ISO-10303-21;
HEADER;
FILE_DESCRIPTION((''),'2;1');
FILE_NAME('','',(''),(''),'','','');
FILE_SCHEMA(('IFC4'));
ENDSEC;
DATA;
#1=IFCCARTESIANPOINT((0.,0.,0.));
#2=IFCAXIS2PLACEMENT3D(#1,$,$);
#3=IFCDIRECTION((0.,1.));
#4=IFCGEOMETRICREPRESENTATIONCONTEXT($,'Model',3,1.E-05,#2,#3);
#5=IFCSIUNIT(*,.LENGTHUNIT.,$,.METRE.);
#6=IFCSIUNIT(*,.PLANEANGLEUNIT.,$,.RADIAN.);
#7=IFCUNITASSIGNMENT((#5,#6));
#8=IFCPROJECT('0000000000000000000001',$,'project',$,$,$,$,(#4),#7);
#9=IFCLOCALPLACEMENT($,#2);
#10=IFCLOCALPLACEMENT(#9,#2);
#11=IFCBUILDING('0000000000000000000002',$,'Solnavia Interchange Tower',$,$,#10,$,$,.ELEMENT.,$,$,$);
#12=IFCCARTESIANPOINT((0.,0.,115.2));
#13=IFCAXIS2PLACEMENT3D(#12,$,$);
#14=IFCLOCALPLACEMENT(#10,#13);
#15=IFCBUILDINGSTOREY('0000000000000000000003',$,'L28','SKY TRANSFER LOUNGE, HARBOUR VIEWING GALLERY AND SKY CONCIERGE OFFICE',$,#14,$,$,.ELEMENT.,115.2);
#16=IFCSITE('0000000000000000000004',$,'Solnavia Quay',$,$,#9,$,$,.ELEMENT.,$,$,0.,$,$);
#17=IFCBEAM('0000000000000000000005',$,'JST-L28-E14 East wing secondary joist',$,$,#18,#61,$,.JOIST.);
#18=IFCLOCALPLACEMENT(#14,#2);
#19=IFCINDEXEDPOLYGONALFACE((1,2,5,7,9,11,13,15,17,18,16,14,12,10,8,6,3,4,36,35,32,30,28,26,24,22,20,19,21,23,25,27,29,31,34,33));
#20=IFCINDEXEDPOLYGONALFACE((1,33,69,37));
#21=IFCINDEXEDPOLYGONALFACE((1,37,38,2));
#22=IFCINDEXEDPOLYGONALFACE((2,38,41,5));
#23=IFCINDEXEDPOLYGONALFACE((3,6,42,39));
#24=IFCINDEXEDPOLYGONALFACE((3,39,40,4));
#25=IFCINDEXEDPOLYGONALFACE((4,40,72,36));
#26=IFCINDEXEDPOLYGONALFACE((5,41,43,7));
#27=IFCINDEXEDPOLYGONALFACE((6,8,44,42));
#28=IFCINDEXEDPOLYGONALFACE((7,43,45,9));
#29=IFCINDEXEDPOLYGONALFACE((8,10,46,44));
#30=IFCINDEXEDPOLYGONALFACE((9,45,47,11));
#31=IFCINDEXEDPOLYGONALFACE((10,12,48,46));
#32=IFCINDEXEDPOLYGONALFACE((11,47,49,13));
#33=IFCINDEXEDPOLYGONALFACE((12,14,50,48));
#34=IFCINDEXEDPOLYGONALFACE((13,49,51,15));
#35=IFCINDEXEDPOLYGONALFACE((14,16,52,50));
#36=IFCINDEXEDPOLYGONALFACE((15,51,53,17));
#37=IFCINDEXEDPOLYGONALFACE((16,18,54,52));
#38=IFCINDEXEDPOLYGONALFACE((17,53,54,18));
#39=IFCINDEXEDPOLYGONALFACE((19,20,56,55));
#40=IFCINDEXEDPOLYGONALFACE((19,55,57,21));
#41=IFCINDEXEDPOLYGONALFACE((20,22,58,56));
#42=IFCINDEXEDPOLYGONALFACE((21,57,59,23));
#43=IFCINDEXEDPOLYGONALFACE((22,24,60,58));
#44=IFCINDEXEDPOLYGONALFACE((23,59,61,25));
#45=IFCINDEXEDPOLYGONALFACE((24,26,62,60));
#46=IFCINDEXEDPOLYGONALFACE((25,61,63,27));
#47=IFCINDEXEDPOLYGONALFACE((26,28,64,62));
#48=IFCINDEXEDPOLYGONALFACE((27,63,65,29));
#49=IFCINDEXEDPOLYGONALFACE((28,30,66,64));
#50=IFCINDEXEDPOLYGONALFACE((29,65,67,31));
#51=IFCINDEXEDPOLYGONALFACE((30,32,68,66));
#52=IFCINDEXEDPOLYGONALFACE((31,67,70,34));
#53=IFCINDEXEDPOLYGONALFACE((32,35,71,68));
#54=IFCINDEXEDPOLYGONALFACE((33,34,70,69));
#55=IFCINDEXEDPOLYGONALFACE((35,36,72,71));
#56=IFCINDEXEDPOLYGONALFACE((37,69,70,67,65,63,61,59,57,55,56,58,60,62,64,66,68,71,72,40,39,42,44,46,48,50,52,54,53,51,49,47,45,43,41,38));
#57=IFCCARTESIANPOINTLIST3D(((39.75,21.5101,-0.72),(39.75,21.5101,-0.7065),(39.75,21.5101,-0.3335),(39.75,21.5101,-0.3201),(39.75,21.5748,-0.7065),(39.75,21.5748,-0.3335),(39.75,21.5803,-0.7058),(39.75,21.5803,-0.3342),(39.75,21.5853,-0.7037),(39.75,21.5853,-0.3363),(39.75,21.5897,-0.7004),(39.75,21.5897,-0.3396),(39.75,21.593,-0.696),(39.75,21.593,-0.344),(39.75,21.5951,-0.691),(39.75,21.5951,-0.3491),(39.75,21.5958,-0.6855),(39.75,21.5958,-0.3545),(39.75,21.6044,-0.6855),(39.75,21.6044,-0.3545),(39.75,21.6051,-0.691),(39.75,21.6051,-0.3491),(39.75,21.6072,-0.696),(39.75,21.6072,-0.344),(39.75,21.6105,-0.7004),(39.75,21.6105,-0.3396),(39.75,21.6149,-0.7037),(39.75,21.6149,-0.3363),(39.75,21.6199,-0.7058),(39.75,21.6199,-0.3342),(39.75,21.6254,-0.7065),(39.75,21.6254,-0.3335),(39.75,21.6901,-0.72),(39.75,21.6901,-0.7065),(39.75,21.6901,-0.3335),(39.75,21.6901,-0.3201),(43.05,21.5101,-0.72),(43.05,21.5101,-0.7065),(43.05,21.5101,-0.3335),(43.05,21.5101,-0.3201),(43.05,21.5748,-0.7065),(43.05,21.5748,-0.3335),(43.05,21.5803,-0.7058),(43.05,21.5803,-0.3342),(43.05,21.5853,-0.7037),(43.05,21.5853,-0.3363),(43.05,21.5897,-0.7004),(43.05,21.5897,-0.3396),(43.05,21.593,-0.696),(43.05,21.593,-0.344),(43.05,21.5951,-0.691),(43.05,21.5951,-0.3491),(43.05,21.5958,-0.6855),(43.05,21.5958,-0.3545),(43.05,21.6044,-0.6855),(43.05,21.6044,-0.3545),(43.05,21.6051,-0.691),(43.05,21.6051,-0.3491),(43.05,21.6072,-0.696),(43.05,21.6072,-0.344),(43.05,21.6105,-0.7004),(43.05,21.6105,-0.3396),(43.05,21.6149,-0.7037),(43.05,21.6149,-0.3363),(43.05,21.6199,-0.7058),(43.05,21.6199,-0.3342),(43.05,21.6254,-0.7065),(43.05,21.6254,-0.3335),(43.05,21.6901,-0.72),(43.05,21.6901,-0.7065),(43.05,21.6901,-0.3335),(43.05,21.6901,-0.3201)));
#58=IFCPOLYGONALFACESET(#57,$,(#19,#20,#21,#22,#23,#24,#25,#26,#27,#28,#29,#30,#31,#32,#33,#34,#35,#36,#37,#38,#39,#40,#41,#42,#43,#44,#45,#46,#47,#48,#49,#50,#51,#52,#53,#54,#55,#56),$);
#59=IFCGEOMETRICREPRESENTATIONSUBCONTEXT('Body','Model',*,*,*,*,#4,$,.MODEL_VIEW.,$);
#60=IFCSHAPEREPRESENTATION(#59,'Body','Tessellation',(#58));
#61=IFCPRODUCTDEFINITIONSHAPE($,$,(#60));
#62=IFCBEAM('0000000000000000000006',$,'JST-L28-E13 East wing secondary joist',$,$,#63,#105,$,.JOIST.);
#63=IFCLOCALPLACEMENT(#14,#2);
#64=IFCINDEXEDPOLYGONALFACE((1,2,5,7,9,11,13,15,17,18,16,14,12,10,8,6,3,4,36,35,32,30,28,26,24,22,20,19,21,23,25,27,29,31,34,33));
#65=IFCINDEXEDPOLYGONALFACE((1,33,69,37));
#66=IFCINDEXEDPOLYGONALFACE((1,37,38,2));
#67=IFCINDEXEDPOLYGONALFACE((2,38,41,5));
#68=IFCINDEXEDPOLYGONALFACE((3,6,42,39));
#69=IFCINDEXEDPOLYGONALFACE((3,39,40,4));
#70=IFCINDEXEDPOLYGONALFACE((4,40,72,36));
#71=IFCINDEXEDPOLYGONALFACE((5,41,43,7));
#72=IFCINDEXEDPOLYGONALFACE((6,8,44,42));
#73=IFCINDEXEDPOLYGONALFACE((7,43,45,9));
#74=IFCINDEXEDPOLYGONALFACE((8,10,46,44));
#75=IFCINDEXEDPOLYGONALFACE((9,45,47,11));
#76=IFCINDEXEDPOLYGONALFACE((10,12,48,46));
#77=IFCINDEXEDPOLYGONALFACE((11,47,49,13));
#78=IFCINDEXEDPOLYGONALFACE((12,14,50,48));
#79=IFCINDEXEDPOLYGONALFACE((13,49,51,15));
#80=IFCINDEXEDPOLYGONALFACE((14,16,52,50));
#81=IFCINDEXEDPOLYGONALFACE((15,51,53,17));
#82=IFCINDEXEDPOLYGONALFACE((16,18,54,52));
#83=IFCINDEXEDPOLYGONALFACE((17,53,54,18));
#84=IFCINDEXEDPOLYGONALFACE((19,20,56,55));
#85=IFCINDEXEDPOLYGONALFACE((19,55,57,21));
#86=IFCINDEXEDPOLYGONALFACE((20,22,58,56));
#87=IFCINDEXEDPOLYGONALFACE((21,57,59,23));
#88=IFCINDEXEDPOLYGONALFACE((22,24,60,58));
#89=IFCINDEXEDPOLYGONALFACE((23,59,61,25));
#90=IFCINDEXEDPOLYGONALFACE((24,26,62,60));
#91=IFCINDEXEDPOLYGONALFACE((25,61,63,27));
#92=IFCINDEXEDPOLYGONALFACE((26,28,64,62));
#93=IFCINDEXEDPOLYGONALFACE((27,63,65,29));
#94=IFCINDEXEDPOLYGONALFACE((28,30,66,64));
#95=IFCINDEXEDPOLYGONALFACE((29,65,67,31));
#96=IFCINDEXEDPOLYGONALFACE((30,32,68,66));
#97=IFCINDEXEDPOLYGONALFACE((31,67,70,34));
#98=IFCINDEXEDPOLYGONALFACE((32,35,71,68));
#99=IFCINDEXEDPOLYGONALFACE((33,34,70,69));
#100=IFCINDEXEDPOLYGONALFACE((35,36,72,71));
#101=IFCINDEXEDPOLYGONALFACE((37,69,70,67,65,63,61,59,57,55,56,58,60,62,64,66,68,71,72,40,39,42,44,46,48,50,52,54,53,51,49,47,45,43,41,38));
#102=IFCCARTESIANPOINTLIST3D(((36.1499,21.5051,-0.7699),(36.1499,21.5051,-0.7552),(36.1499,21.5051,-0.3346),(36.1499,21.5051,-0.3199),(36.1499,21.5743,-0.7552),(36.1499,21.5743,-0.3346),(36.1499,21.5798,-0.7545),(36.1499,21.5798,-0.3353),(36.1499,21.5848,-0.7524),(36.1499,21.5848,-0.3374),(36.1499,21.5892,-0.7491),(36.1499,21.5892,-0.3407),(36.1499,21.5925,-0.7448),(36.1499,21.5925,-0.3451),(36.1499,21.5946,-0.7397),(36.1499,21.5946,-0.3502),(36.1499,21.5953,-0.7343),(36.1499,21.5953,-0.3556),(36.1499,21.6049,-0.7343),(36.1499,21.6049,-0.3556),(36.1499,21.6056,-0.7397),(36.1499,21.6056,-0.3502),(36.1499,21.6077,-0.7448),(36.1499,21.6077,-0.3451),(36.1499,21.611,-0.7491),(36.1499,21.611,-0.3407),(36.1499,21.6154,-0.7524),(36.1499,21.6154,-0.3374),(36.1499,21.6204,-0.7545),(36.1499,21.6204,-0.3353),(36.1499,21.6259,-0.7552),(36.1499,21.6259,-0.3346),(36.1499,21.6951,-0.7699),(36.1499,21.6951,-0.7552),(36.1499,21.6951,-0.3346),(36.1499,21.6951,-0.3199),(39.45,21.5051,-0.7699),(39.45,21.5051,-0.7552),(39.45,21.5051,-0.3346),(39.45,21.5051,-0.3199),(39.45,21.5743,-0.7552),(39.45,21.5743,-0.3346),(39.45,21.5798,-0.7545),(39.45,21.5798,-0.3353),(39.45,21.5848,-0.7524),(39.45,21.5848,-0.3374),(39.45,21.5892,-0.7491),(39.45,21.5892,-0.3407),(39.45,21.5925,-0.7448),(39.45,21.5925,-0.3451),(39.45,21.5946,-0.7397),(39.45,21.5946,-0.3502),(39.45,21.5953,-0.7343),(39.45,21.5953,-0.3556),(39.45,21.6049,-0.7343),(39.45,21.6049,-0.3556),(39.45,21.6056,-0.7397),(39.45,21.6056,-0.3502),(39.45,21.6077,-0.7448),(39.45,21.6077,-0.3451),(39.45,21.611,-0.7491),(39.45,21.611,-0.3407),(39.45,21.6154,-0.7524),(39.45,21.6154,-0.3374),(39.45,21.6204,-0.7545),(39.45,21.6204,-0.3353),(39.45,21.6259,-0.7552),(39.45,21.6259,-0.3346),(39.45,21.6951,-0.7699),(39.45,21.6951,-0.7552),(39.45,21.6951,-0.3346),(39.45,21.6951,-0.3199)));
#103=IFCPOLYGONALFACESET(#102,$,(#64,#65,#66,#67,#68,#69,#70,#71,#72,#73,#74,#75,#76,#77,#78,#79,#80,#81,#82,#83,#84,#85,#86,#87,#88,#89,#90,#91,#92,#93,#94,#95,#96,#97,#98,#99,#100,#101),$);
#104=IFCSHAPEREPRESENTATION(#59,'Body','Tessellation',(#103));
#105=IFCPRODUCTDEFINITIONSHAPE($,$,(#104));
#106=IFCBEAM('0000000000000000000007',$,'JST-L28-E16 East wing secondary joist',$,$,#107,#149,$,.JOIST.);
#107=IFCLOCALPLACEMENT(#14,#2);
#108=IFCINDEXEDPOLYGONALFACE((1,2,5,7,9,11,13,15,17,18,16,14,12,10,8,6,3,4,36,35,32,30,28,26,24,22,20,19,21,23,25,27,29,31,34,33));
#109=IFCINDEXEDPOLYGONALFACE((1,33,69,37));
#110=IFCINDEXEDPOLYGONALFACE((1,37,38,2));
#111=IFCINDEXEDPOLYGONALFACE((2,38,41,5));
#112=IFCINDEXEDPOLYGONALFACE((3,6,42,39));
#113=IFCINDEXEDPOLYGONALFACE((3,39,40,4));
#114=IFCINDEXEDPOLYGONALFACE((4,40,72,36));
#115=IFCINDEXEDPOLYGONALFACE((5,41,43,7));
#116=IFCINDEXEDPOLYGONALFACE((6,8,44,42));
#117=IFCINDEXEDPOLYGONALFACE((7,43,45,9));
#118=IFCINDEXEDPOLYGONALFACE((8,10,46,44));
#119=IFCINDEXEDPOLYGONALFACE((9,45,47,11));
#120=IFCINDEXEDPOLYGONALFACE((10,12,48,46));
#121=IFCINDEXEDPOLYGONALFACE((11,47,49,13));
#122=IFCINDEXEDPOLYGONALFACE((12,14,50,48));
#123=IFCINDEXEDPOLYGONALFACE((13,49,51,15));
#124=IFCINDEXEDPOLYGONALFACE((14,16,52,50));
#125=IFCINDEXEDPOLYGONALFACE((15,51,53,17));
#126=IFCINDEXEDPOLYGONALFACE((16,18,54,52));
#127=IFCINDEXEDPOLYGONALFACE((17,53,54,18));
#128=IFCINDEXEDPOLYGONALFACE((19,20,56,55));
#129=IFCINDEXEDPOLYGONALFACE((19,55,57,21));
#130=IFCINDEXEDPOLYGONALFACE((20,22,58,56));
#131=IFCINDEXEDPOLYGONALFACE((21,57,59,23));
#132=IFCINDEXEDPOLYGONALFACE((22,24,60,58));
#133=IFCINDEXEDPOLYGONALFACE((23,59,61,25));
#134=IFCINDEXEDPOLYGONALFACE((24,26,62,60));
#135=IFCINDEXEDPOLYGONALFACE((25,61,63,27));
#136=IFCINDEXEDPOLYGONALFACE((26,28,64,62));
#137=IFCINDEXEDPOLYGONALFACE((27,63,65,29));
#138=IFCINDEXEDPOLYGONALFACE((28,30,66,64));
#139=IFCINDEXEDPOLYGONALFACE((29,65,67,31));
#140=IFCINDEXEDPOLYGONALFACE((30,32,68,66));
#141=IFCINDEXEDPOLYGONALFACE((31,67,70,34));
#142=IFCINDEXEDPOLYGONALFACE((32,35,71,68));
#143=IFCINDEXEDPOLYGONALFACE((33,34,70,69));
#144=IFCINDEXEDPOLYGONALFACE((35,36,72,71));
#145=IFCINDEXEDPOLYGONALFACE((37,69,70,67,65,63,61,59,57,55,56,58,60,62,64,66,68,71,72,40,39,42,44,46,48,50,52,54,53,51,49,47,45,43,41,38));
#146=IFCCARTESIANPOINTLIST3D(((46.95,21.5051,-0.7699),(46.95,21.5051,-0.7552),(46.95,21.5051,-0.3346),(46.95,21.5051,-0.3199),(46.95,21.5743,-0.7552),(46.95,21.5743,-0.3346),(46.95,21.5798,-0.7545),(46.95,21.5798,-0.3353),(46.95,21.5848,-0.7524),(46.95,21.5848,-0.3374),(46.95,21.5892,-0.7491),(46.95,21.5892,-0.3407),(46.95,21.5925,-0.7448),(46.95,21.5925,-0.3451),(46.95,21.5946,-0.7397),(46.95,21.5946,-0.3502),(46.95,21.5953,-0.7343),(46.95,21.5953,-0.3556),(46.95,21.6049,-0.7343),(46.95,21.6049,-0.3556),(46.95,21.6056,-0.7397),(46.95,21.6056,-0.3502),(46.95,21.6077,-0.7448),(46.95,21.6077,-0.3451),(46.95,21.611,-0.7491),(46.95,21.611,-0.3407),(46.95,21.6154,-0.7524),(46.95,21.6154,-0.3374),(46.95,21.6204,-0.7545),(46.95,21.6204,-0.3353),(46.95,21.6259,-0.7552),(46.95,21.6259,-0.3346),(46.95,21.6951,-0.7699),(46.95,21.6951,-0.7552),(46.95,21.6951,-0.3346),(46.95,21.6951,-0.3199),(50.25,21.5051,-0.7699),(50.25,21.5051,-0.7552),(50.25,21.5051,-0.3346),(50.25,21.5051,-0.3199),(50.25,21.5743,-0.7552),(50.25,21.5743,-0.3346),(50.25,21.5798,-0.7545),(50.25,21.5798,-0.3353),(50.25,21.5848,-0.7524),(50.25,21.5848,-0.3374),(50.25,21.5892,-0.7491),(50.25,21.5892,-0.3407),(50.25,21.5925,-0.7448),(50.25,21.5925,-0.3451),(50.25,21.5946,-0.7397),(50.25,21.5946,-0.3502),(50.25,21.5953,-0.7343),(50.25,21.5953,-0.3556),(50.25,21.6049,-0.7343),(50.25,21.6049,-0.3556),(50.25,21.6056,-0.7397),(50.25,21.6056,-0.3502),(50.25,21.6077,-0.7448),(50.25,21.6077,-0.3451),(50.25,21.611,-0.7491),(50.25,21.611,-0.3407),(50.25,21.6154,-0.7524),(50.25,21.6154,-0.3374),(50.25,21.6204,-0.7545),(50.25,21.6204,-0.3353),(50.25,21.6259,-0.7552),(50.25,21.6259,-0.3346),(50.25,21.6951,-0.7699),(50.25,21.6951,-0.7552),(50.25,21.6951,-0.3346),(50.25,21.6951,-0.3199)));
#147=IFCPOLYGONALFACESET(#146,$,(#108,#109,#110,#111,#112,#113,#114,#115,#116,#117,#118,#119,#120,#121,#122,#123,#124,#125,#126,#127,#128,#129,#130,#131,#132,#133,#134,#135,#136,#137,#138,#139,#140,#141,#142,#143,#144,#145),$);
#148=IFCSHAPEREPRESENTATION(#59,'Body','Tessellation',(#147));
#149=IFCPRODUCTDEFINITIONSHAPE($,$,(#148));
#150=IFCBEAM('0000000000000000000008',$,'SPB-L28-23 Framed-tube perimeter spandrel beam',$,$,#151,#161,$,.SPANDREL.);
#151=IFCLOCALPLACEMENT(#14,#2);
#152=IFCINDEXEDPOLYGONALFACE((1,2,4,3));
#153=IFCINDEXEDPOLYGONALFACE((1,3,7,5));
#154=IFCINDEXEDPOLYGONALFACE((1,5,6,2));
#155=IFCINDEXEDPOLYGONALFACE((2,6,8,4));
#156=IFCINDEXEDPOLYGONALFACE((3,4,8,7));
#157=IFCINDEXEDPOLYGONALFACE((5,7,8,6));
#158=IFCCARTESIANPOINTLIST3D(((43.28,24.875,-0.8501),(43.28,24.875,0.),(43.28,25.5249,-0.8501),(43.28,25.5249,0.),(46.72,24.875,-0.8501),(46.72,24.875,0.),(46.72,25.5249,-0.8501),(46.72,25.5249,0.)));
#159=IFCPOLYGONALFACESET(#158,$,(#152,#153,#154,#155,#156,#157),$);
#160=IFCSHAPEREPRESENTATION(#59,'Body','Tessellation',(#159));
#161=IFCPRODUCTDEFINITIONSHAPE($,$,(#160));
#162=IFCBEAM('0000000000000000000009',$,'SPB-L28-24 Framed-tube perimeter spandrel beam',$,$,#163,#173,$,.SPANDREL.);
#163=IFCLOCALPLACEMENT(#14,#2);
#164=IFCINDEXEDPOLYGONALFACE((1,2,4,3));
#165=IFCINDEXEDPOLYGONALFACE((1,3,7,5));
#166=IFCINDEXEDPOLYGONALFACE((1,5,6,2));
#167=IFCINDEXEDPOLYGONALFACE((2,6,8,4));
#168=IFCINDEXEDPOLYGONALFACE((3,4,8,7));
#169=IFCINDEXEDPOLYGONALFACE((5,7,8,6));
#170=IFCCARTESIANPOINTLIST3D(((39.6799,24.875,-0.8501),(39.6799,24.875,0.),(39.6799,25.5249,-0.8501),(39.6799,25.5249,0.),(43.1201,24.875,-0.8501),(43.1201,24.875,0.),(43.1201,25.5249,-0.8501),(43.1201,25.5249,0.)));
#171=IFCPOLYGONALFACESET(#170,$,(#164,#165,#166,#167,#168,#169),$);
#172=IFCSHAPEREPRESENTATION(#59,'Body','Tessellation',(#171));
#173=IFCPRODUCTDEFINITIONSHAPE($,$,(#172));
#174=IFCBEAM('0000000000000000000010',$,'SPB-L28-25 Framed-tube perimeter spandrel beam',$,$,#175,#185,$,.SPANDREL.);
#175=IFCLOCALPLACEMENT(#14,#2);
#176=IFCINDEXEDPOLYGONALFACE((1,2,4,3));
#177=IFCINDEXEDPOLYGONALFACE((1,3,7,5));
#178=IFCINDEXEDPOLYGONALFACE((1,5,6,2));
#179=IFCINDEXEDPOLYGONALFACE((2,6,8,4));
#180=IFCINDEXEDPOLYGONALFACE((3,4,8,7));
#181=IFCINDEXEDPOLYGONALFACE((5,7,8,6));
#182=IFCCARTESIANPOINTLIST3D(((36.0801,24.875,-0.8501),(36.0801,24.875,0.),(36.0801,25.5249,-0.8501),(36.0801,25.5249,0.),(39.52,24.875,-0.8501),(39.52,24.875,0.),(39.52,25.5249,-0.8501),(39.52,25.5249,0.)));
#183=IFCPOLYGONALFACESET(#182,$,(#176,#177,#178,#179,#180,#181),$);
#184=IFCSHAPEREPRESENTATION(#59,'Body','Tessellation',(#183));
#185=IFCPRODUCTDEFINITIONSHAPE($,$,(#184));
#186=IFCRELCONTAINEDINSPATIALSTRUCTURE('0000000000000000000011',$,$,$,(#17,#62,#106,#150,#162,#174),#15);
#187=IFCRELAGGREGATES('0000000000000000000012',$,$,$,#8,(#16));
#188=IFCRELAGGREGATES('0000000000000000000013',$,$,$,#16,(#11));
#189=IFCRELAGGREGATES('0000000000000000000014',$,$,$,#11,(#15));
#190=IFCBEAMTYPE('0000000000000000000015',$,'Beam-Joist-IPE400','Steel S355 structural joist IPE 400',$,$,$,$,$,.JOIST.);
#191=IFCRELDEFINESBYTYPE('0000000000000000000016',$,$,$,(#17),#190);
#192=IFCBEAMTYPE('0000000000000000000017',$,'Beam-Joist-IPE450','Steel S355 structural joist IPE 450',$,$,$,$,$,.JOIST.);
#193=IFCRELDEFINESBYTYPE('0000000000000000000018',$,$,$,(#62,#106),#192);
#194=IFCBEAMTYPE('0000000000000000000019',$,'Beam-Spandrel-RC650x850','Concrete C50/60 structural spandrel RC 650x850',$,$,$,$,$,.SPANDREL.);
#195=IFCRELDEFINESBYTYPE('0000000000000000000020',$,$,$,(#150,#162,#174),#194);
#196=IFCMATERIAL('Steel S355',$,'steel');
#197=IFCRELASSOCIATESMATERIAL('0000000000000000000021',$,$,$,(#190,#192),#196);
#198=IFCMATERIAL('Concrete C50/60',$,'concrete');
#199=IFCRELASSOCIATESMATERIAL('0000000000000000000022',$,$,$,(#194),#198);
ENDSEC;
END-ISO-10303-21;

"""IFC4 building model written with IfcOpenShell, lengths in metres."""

from ifc_helpers import new_model, si_unit, direction, frame, origin, origin_2d, place, context, subcontext, project, spatial, rectangle, i_section, extrude, material, material_profile, profile_set, type_object, element, save


model = new_model("IFC4")

# Units and contexts
model_context = context("Model", 3, precision=1e-05, world=origin(), true_north=direction((0.0, 1.0)))
body_context = subcontext(model_context, "Body", "Model", "MODEL_VIEW")
ifc_project = project(units=[si_unit("LENGTHUNIT", "METRE"), si_unit("PLANEANGLEUNIT", "RADIAN")], contexts=[model_context])

# Site, building, storey
site_placement = place(None, origin())
site = spatial("IfcSite", under=ifc_project, at=site_placement, Name="Solnavia Quay", CompositionType="ELEMENT", RefElevation=0.0)
building_placement = place(site_placement, origin())
building = spatial("IfcBuilding", under=site, at=building_placement, Name="Solnavia Interchange Tower", CompositionType="ELEMENT")
storey_placement = place(building_placement, frame((0.0, 0.0, 115.2)))
storey = spatial("IfcBuildingStorey", under=building, at=storey_placement, Name="L28", Description="SKY TRANSFER LOUNGE, HARBOUR VIEWING GALLERY AND SKY CONCIERGE OFFICE", CompositionType="ELEMENT", Elevation=115.2)

# Shared definitions
ifc_material_1 = material(Name="Concrete C50/60", Category="concrete")

# Beams
ifc_material_2 = material(Name="Steel S355", Category="steel")
ifc_material_profile_1 = material_profile(ifc_material_2, i_section(OverallWidth=0.1799, OverallDepth=0.3999, WebThickness=0.0085, FlangeThickness=0.0134, FilletRadius=0.021, at=origin_2d()), Name="IPE 400")
ifc_profile_set_1 = profile_set([ifc_material_profile_1], Name="Steel S355")
beam_type_1 = type_object("IfcBeamType", Name="Beam-Joist-IPE400", Description="Steel S355 structural joist IPE 400", PredefinedType="JOIST", material=ifc_profile_set_1)
beam_1_placement = place(storey_placement, frame((39.75, 21.6001, -0.52), z_axis=(1.0, 0.0, 0.0), x_axis=(0.0, 1.0, 0.0)))
element("IfcBeam", 1, at=beam_1_placement, inside=storey, type_object=beam_type_1, Name="JST-L28-E14 East wing secondary joist", PredefinedType="JOIST", context=body_context, shape_type="SweptSolid", body=[
    extrude(i_section(OverallWidth=0.1799, OverallDepth=0.3999, WebThickness=0.0085, FlangeThickness=0.0134, FilletRadius=0.021, at=origin_2d()), origin(), (0.0, 0.0, 1.0), 3.3),
])
ifc_material_profile_2 = material_profile(ifc_material_2, i_section(OverallWidth=0.1899, OverallDepth=0.45, WebThickness=0.0095, FlangeThickness=0.0146, FilletRadius=0.021, at=origin_2d()), Name="IPE 450")
ifc_profile_set_2 = profile_set([ifc_material_profile_2], Name="Steel S355")
beam_type_2 = type_object("IfcBeamType", Name="Beam-Joist-IPE450", Description="Steel S355 structural joist IPE 450", PredefinedType="JOIST", material=ifc_profile_set_2)
for number, where, z_axis, x_axis, name in (
    (2, (36.1499, 21.6001, -0.5449), (1.0, 0.0, 0.0), (0.0, 1.0, 0.0), "JST-L28-E13 East wing secondary joist"),
    (3, (46.95, 21.6001, -0.5449), (1.0, 0.0, 0.0), (0.0, 1.0, 0.0), "JST-L28-E16 East wing secondary joist"),
):
    element("IfcBeam", number, at=place(storey_placement, frame(where, z_axis=z_axis, x_axis=x_axis)), inside=storey, type_object=beam_type_2, Name=name, PredefinedType="JOIST", context=body_context, shape_type="SweptSolid", body=[
        extrude(i_section(OverallWidth=0.1899, OverallDepth=0.45, WebThickness=0.0095, FlangeThickness=0.0146, FilletRadius=0.021, at=origin_2d()), origin(), (0.0, 0.0, 1.0), 3.3),
    ])
ifc_material_profile_3 = material_profile(ifc_material_1, rectangle(XDim=0.6499, YDim=0.8501, at=origin_2d()), Name="RC 650x850")
ifc_profile_set_3 = profile_set([ifc_material_profile_3], Name="Concrete C50/60")
beam_type_3 = type_object("IfcBeamType", Name="Beam-Spandrel-RC650x850", Description="Concrete C50/60 structural spandrel RC 650x850", PredefinedType="SPANDREL", material=ifc_profile_set_3)
beam_2_placement = place(storey_placement, frame((46.72, 25.2, -0.425), z_axis=(-1.0, 0.0, 0.0), x_axis=(0.0, -1.0, 0.0)))
element("IfcBeam", 4, at=beam_2_placement, inside=storey, type_object=beam_type_3, Name="SPB-L28-23 Framed-tube perimeter spandrel beam", PredefinedType="SPANDREL", context=body_context, shape_type="SweptSolid", body=[
    extrude(rectangle(XDim=0.6499, YDim=0.8501, at=origin_2d()), origin(), (0.0, 0.0, 1.0), 3.4399),
])
beam_3_placement = place(storey_placement, frame((43.1201, 25.2, -0.425), z_axis=(-1.0, 0.0, 0.0), x_axis=(0.0, -1.0, 0.0)))
element("IfcBeam", 5, at=beam_3_placement, inside=storey, type_object=beam_type_3, Name="SPB-L28-24 Framed-tube perimeter spandrel beam", PredefinedType="SPANDREL", context=body_context, shape_type="SweptSolid", body=[
    extrude(rectangle(XDim=0.6499, YDim=0.8501, at=origin_2d()), origin(), (0.0, 0.0, 1.0), 3.4402),
])
beam_4_placement = place(storey_placement, frame((39.52, 25.2, -0.425), z_axis=(-1.0, 0.0, 0.0), x_axis=(0.0, -1.0, 0.0)))
element("IfcBeam", 6, at=beam_4_placement, inside=storey, type_object=beam_type_3, Name="SPB-L28-25 Framed-tube perimeter spandrel beam", PredefinedType="SPANDREL", context=body_context, shape_type="SweptSolid", body=[
    extrude(rectangle(XDim=0.6499, YDim=0.8501, at=origin_2d()), origin(), (0.0, 0.0, 1.0), 3.4399),
])

save(model, "model.ifc")
